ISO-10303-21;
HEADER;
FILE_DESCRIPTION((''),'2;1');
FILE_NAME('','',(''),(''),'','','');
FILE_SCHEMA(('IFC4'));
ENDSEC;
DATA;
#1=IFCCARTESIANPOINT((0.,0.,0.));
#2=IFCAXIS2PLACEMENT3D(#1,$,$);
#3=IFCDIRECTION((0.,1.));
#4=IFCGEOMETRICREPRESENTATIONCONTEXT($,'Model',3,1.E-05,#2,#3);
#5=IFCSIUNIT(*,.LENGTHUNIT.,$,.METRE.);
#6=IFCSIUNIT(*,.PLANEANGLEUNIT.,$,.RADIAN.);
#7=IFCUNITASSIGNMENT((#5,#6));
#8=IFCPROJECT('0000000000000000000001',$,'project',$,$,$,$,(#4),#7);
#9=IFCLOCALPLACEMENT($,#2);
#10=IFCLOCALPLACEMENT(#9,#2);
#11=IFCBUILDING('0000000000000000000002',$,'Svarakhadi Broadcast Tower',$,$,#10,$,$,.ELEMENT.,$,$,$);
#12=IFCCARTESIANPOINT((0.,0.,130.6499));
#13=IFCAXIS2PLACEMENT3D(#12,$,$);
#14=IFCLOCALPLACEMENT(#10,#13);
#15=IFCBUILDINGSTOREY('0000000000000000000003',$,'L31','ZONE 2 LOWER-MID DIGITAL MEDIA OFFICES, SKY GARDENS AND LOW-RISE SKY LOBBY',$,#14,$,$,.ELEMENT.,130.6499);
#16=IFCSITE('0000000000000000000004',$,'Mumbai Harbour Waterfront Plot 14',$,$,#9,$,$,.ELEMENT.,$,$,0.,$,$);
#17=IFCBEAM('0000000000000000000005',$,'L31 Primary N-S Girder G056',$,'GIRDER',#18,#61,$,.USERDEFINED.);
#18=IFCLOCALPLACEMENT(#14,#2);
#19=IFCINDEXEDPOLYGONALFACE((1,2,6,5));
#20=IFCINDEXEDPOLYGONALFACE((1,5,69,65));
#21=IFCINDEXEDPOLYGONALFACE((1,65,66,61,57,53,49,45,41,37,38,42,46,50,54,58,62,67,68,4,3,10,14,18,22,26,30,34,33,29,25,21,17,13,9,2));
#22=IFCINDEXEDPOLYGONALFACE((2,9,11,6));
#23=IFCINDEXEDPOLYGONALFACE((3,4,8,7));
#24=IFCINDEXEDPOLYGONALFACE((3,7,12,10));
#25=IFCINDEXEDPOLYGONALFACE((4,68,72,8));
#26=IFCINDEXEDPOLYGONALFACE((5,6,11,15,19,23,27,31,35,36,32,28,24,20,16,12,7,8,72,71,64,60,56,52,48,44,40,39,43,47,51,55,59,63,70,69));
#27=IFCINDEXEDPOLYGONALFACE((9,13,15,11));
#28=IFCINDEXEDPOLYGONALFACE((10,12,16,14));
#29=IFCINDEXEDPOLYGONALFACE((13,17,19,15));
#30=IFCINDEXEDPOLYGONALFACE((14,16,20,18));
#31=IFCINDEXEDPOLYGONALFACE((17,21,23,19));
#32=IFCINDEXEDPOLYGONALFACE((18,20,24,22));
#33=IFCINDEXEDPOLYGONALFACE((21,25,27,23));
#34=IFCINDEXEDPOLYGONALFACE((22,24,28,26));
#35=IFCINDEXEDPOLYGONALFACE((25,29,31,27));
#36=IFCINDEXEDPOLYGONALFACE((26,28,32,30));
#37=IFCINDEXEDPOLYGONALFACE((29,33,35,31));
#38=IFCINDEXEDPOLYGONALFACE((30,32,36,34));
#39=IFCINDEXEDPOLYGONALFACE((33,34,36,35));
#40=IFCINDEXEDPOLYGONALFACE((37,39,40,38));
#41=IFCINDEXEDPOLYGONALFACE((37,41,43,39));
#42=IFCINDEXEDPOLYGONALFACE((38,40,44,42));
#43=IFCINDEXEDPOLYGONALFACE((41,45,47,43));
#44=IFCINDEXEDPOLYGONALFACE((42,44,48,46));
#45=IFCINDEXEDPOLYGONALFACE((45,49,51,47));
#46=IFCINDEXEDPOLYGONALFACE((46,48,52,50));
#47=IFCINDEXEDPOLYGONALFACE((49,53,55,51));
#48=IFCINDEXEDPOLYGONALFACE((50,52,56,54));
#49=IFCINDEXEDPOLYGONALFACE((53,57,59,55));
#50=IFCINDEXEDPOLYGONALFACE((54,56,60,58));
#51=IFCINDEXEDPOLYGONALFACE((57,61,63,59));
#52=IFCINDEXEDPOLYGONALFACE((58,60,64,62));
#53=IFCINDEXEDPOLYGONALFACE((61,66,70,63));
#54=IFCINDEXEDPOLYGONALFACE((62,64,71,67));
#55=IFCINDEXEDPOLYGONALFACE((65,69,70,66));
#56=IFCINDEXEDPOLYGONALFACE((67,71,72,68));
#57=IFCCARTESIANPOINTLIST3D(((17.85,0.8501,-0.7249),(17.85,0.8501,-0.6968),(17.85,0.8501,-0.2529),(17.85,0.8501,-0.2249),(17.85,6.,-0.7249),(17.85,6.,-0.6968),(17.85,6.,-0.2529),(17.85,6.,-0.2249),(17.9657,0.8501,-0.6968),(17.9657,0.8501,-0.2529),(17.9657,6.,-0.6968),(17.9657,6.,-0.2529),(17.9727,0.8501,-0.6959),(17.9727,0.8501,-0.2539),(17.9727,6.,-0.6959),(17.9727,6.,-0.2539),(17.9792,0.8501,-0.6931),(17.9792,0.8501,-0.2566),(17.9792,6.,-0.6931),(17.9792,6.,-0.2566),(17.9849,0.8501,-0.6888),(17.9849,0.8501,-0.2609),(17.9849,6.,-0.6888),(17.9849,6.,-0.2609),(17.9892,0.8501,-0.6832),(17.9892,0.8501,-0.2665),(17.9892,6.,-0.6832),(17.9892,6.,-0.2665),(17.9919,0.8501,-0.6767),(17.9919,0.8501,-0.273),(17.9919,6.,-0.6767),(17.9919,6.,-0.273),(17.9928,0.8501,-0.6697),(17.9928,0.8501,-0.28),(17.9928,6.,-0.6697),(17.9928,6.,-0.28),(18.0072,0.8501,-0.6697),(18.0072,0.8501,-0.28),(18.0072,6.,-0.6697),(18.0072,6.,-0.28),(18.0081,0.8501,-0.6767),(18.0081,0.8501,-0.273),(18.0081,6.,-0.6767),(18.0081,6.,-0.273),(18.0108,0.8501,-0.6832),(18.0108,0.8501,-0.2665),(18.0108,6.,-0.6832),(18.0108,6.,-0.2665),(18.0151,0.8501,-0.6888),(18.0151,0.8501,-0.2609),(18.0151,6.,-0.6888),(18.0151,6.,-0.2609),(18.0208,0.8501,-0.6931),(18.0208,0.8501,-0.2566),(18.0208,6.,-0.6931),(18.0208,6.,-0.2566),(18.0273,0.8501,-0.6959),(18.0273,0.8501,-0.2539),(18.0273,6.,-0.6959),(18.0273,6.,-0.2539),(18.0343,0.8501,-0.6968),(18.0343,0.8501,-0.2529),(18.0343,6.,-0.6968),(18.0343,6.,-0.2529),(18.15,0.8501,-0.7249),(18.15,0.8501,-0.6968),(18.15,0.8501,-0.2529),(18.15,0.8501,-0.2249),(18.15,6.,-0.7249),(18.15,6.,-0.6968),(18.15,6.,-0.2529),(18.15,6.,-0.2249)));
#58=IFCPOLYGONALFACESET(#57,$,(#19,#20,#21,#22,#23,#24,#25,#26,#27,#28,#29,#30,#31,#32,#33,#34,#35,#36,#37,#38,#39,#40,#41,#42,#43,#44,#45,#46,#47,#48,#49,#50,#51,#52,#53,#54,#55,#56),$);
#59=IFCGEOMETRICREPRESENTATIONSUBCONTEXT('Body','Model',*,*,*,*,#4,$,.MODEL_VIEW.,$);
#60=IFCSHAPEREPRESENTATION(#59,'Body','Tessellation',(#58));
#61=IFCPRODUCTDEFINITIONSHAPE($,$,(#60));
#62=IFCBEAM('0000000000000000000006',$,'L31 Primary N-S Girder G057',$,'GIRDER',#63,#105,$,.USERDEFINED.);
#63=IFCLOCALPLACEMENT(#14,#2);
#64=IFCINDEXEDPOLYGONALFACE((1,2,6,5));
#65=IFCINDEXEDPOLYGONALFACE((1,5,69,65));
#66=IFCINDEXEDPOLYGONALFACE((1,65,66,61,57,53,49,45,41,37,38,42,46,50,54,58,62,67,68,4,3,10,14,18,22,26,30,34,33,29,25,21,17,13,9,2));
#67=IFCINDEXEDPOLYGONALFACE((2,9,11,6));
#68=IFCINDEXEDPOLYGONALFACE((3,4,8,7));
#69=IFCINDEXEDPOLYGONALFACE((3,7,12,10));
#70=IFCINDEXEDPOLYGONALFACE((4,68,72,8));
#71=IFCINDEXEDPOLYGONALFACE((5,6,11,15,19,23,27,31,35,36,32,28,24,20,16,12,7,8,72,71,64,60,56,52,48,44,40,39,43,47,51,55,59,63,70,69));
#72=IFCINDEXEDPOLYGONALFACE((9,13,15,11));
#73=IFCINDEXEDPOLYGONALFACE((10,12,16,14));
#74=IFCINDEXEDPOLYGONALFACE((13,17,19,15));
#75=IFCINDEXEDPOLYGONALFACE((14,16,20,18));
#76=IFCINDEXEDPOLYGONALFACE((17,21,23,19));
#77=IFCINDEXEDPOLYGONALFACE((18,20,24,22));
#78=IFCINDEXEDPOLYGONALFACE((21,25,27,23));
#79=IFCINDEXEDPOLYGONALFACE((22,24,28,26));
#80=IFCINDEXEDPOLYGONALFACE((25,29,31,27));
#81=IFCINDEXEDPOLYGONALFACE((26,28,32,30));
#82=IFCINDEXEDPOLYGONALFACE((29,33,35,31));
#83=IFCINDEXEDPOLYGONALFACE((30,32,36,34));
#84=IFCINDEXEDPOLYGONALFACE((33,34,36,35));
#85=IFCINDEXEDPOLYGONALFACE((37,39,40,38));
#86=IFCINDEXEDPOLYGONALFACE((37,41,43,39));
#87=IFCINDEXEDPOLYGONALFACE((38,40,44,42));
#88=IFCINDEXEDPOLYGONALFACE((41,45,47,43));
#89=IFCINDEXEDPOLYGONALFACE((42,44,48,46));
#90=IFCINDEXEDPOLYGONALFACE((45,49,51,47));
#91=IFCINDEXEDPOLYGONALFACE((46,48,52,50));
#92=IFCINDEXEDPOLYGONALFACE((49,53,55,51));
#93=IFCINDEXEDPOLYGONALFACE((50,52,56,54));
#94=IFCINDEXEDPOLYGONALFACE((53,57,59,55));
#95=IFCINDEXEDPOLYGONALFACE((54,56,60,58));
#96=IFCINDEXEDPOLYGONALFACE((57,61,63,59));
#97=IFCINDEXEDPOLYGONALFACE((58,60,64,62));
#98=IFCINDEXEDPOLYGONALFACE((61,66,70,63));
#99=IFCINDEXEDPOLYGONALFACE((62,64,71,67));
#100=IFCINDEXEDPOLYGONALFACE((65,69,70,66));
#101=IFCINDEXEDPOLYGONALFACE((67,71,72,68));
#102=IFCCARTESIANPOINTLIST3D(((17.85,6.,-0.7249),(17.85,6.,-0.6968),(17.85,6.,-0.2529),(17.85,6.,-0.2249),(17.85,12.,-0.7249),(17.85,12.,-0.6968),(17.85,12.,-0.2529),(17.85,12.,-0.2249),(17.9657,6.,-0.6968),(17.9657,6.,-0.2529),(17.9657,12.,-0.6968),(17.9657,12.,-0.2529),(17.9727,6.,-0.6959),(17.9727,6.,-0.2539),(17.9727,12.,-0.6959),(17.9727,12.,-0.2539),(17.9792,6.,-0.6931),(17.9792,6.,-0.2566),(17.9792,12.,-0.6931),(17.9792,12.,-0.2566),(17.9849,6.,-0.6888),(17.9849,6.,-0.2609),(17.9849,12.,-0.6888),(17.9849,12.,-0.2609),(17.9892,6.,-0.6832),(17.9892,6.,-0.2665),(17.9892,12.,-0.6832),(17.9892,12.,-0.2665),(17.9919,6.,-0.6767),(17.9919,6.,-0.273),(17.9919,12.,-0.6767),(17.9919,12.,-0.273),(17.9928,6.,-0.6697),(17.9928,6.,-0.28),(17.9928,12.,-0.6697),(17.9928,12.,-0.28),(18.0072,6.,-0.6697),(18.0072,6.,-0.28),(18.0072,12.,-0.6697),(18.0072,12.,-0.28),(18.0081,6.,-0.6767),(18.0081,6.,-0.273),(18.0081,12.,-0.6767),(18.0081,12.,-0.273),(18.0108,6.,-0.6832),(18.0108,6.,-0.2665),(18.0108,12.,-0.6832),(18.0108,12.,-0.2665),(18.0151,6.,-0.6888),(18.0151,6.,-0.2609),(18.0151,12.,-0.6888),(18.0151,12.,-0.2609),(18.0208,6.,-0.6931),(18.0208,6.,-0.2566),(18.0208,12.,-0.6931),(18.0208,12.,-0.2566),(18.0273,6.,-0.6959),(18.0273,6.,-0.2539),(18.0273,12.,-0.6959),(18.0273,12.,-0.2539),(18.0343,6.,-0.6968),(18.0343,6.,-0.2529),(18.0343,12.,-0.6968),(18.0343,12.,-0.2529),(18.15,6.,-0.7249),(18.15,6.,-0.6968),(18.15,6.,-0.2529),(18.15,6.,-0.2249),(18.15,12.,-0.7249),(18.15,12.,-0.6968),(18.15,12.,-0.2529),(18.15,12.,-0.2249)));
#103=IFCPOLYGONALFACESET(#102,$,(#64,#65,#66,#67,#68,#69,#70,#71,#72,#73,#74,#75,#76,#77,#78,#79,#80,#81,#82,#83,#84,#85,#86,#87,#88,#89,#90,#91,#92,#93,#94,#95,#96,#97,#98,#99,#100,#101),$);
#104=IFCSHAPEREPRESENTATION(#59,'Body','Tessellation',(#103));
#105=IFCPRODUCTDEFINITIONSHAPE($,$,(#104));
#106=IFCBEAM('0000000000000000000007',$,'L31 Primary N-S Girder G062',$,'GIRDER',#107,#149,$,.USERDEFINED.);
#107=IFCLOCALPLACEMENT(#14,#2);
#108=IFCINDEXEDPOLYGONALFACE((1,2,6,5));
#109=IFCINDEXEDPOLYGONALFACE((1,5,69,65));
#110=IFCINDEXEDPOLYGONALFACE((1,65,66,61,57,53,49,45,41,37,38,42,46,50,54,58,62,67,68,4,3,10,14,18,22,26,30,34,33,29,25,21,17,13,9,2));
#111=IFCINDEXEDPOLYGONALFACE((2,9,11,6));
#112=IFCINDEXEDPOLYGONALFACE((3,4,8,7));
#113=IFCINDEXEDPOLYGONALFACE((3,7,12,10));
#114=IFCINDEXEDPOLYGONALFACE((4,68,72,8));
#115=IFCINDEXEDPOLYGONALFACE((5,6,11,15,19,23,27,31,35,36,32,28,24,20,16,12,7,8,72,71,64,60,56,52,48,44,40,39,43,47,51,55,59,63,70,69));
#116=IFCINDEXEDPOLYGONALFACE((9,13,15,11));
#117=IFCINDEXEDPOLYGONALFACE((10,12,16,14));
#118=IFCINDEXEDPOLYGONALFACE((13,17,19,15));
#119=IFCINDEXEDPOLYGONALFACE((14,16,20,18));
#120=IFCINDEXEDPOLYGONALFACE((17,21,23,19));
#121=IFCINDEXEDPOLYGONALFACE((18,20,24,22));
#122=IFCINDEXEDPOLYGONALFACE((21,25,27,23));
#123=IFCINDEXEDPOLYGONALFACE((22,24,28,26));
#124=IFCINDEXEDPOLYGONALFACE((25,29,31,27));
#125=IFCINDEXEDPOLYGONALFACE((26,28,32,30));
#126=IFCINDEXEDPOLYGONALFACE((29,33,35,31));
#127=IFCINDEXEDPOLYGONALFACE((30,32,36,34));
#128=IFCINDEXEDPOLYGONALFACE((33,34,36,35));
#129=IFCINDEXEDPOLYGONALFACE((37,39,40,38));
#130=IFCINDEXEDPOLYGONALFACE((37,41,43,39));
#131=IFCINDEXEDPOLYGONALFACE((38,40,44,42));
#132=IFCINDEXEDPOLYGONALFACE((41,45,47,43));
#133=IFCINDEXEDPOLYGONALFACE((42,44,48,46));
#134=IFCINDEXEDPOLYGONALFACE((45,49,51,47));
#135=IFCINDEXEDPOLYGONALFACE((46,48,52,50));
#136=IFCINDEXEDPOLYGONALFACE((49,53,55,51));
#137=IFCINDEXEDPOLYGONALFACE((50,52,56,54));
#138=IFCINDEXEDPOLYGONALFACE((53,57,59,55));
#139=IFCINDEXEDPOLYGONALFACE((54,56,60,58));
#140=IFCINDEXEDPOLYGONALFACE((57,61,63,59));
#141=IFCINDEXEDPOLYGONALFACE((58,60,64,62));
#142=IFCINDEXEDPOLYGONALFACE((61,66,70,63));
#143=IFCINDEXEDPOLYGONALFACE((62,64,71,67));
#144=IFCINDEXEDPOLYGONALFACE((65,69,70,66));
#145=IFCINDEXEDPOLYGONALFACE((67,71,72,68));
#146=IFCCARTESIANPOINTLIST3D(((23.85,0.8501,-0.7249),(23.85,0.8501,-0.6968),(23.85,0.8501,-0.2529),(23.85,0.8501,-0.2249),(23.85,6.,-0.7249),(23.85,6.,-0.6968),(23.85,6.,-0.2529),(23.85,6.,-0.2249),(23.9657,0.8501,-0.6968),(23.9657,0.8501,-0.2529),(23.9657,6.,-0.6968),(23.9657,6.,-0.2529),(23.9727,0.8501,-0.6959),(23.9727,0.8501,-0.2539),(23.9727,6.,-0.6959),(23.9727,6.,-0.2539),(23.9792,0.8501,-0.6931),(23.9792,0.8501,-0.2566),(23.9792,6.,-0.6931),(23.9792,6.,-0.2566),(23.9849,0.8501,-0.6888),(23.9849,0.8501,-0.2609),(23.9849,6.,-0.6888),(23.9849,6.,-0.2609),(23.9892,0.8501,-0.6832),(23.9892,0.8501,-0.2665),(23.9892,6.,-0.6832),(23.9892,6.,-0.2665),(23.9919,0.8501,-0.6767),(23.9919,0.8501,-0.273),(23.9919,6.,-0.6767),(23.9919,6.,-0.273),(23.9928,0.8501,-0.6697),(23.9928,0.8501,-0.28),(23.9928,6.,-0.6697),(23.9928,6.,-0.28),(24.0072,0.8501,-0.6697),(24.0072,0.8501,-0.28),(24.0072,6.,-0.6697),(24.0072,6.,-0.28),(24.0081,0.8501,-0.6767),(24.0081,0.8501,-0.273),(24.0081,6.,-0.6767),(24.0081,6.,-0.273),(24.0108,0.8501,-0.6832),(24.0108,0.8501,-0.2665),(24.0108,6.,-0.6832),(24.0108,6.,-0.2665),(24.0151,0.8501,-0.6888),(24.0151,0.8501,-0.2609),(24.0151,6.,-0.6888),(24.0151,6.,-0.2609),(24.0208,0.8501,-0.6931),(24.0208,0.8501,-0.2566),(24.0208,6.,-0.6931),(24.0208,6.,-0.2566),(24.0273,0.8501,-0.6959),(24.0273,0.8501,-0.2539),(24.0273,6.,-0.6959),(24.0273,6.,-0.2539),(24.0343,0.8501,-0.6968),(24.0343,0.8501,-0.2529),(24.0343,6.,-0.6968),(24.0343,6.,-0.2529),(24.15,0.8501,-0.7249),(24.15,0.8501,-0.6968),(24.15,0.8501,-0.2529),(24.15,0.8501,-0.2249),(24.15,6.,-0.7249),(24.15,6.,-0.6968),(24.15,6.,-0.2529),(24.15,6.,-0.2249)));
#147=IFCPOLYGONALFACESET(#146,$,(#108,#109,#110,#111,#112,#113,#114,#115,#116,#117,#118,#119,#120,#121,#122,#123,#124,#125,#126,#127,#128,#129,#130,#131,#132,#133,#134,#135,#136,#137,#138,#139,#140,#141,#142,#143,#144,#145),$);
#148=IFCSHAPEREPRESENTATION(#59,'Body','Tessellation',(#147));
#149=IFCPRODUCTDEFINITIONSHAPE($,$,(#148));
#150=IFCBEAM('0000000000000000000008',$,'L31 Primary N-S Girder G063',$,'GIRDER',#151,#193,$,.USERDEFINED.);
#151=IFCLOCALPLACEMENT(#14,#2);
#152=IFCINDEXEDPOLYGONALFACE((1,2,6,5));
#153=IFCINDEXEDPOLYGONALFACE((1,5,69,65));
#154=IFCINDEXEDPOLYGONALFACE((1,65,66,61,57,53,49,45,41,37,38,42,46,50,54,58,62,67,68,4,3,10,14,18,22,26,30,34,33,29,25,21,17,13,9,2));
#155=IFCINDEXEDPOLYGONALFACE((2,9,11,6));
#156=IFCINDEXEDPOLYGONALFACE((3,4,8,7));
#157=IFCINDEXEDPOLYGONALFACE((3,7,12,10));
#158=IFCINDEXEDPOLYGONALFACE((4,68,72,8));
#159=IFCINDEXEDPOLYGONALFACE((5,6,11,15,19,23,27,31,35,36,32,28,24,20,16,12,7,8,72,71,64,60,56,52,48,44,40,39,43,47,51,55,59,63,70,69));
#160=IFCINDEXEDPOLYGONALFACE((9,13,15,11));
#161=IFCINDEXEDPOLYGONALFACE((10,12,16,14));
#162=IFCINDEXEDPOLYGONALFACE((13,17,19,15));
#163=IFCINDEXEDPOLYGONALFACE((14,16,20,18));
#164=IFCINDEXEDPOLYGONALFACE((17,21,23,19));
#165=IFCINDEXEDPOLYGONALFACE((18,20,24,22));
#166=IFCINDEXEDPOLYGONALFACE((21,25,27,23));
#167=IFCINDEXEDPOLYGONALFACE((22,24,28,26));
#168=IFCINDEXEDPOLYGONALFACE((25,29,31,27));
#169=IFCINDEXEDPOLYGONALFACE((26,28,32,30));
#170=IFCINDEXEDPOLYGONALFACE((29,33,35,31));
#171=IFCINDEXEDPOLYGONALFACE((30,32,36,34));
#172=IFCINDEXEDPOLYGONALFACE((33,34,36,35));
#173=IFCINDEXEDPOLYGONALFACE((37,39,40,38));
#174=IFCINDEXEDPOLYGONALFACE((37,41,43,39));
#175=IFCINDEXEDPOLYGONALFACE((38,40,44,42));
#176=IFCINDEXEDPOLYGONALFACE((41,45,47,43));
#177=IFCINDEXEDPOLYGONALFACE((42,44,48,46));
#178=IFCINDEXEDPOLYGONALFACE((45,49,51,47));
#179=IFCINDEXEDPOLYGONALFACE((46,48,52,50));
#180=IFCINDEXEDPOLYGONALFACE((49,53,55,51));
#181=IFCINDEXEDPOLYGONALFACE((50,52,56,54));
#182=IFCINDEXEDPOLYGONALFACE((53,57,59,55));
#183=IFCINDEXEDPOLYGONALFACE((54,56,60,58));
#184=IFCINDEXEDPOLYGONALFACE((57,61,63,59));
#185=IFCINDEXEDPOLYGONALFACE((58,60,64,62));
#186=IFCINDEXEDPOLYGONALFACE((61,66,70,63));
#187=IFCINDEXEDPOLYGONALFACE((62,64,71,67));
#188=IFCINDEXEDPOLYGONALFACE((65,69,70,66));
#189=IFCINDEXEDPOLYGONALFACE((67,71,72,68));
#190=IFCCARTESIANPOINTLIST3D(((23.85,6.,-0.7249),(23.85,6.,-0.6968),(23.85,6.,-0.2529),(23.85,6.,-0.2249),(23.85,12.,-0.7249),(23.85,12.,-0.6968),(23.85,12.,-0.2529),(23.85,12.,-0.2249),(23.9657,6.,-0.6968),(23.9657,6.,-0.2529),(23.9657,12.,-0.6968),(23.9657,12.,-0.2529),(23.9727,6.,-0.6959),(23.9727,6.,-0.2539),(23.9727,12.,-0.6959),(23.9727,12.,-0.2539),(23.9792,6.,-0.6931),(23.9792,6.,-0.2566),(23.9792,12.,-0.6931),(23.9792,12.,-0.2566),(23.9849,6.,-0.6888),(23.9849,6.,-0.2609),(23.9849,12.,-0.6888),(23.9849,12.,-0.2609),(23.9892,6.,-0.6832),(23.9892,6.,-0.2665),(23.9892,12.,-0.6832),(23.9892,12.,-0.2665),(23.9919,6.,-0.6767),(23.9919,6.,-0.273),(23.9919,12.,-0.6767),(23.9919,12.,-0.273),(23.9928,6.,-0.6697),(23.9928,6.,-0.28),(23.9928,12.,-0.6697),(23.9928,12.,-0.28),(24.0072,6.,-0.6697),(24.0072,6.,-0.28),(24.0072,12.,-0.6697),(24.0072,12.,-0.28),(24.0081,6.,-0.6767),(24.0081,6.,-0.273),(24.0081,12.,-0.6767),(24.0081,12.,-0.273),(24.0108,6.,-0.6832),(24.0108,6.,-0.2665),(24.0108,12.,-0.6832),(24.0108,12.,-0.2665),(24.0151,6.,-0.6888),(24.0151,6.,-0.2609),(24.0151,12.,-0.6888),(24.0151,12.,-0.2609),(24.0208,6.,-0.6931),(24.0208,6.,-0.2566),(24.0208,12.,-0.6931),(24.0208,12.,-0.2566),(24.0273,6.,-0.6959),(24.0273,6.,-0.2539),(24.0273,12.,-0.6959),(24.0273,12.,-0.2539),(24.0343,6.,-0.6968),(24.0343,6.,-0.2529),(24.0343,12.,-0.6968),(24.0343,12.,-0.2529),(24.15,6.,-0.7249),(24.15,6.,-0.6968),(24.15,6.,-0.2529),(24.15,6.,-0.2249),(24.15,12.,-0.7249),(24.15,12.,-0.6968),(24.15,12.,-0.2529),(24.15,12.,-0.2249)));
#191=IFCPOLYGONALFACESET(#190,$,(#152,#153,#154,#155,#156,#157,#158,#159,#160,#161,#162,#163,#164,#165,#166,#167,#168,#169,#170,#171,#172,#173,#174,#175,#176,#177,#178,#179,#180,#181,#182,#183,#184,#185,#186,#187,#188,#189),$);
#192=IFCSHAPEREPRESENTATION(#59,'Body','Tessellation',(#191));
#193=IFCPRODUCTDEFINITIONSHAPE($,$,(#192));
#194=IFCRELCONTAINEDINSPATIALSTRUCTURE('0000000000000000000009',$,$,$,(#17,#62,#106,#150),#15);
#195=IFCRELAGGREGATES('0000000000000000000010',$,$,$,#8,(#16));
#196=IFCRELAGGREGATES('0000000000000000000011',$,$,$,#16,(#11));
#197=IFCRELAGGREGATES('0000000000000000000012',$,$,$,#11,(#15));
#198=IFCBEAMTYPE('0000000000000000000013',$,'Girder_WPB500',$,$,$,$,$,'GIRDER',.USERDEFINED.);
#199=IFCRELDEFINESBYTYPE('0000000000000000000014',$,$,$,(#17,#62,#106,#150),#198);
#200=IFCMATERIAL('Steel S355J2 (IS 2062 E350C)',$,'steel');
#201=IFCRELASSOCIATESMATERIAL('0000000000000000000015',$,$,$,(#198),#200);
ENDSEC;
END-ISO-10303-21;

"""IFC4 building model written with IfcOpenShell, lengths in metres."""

from ifc_helpers import new_model, si_unit, direction, frame, origin, origin_2d, place, context, subcontext, project, spatial, i_section, extrude, material, material_profile, profile_set, type_object, element, save


model = new_model("IFC4")

# Units and contexts
model_context = context("Model", 3, precision=1e-05, world=origin(), true_north=direction((0.0, 1.0)))
body_context = subcontext(model_context, "Body", "Model", "MODEL_VIEW")
ifc_project = project(units=[si_unit("LENGTHUNIT", "METRE"), si_unit("PLANEANGLEUNIT", "RADIAN")], contexts=[model_context])

# Site, building, storey
site_placement = place(None, origin())
site = spatial("IfcSite", under=ifc_project, at=site_placement, Name="Mumbai Harbour Waterfront Plot 14", CompositionType="ELEMENT", RefElevation=0.0)
building_placement = place(site_placement, origin())
building = spatial("IfcBuilding", under=site, at=building_placement, Name="Svarakhadi Broadcast Tower", CompositionType="ELEMENT")
storey_placement = place(building_placement, frame((0.0, 0.0, 130.6499)))
storey = spatial("IfcBuildingStorey", under=building, at=storey_placement, Name="L31", Description="ZONE 2 LOWER-MID DIGITAL MEDIA OFFICES, SKY GARDENS AND LOW-RISE SKY LOBBY", CompositionType="ELEMENT", Elevation=130.6499)

# Shared definitions
ifc_material_1 = material(Name="Steel S355J2 (IS 2062 E350C)", Category="steel")

# Beams
ifc_material_profile_1 = material_profile(ifc_material_1, i_section(OverallWidth=0.3, OverallDepth=0.5, WebThickness=0.0144, FlangeThickness=0.0281, FilletRadius=0.0271, at=origin_2d()), Name="WPB 500x300x187")
ifc_profile_set_1 = profile_set([ifc_material_profile_1], Name="Steel S355J2 (IS 2062 E350C)")
beam_type_1 = type_object("IfcBeamType", Name="Girder_WPB500", ElementType="GIRDER", PredefinedType="USERDEFINED", material=ifc_profile_set_1)
beam_1_placement = place(storey_placement, frame((18.0, 0.8501, -0.4749), z_axis=(0.0, 1.0, 0.0), x_axis=(-1.0, 0.0, 0.0)))
element("IfcBeam", 1, at=beam_1_placement, inside=storey, type_object=beam_type_1, Name="L31 Primary N-S Girder G056", ObjectType="GIRDER", PredefinedType="USERDEFINED", context=body_context, shape_type="SweptSolid", body=[
    extrude(i_section(OverallWidth=0.3, OverallDepth=0.5, WebThickness=0.0144, FlangeThickness=0.0281, FilletRadius=0.0271, at=origin_2d()), origin(), (0.0, 0.0, 1.0), 5.1499),
])
beam_2_placement = place(storey_placement, frame((18.0, 6.0, -0.4749), z_axis=(0.0, 1.0, 0.0), x_axis=(-1.0, 0.0, 0.0)))
element("IfcBeam", 2, at=beam_2_placement, inside=storey, type_object=beam_type_1, Name="L31 Primary N-S Girder G057", ObjectType="GIRDER", PredefinedType="USERDEFINED", context=body_context, shape_type="SweptSolid", body=[
    extrude(i_section(OverallWidth=0.3, OverallDepth=0.5, WebThickness=0.0144, FlangeThickness=0.0281, FilletRadius=0.0271, at=origin_2d()), origin(), (0.0, 0.0, 1.0), 6.0),
])
beam_3_placement = place(storey_placement, frame((24.0, 0.8501, -0.4749), z_axis=(0.0, 1.0, 0.0), x_axis=(-1.0, 0.0, 0.0)))
element("IfcBeam", 3, at=beam_3_placement, inside=storey, type_object=beam_type_1, Name="L31 Primary N-S Girder G062", ObjectType="GIRDER", PredefinedType="USERDEFINED", context=body_context, shape_type="SweptSolid", body=[
    extrude(i_section(OverallWidth=0.3, OverallDepth=0.5, WebThickness=0.0144, FlangeThickness=0.0281, FilletRadius=0.0271, at=origin_2d()), origin(), (0.0, 0.0, 1.0), 5.1499),
])
beam_4_placement = place(storey_placement, frame((24.0, 6.0, -0.4749), z_axis=(0.0, 1.0, 0.0), x_axis=(-1.0, 0.0, 0.0)))
element("IfcBeam", 4, at=beam_4_placement, inside=storey, type_object=beam_type_1, Name="L31 Primary N-S Girder G063", ObjectType="GIRDER", PredefinedType="USERDEFINED", context=body_context, shape_type="SweptSolid", body=[
    extrude(i_section(OverallWidth=0.3, OverallDepth=0.5, WebThickness=0.0144, FlangeThickness=0.0281, FilletRadius=0.0271, at=origin_2d()), origin(), (0.0, 0.0, 1.0), 6.0),
])

save(model, "model.ifc")
